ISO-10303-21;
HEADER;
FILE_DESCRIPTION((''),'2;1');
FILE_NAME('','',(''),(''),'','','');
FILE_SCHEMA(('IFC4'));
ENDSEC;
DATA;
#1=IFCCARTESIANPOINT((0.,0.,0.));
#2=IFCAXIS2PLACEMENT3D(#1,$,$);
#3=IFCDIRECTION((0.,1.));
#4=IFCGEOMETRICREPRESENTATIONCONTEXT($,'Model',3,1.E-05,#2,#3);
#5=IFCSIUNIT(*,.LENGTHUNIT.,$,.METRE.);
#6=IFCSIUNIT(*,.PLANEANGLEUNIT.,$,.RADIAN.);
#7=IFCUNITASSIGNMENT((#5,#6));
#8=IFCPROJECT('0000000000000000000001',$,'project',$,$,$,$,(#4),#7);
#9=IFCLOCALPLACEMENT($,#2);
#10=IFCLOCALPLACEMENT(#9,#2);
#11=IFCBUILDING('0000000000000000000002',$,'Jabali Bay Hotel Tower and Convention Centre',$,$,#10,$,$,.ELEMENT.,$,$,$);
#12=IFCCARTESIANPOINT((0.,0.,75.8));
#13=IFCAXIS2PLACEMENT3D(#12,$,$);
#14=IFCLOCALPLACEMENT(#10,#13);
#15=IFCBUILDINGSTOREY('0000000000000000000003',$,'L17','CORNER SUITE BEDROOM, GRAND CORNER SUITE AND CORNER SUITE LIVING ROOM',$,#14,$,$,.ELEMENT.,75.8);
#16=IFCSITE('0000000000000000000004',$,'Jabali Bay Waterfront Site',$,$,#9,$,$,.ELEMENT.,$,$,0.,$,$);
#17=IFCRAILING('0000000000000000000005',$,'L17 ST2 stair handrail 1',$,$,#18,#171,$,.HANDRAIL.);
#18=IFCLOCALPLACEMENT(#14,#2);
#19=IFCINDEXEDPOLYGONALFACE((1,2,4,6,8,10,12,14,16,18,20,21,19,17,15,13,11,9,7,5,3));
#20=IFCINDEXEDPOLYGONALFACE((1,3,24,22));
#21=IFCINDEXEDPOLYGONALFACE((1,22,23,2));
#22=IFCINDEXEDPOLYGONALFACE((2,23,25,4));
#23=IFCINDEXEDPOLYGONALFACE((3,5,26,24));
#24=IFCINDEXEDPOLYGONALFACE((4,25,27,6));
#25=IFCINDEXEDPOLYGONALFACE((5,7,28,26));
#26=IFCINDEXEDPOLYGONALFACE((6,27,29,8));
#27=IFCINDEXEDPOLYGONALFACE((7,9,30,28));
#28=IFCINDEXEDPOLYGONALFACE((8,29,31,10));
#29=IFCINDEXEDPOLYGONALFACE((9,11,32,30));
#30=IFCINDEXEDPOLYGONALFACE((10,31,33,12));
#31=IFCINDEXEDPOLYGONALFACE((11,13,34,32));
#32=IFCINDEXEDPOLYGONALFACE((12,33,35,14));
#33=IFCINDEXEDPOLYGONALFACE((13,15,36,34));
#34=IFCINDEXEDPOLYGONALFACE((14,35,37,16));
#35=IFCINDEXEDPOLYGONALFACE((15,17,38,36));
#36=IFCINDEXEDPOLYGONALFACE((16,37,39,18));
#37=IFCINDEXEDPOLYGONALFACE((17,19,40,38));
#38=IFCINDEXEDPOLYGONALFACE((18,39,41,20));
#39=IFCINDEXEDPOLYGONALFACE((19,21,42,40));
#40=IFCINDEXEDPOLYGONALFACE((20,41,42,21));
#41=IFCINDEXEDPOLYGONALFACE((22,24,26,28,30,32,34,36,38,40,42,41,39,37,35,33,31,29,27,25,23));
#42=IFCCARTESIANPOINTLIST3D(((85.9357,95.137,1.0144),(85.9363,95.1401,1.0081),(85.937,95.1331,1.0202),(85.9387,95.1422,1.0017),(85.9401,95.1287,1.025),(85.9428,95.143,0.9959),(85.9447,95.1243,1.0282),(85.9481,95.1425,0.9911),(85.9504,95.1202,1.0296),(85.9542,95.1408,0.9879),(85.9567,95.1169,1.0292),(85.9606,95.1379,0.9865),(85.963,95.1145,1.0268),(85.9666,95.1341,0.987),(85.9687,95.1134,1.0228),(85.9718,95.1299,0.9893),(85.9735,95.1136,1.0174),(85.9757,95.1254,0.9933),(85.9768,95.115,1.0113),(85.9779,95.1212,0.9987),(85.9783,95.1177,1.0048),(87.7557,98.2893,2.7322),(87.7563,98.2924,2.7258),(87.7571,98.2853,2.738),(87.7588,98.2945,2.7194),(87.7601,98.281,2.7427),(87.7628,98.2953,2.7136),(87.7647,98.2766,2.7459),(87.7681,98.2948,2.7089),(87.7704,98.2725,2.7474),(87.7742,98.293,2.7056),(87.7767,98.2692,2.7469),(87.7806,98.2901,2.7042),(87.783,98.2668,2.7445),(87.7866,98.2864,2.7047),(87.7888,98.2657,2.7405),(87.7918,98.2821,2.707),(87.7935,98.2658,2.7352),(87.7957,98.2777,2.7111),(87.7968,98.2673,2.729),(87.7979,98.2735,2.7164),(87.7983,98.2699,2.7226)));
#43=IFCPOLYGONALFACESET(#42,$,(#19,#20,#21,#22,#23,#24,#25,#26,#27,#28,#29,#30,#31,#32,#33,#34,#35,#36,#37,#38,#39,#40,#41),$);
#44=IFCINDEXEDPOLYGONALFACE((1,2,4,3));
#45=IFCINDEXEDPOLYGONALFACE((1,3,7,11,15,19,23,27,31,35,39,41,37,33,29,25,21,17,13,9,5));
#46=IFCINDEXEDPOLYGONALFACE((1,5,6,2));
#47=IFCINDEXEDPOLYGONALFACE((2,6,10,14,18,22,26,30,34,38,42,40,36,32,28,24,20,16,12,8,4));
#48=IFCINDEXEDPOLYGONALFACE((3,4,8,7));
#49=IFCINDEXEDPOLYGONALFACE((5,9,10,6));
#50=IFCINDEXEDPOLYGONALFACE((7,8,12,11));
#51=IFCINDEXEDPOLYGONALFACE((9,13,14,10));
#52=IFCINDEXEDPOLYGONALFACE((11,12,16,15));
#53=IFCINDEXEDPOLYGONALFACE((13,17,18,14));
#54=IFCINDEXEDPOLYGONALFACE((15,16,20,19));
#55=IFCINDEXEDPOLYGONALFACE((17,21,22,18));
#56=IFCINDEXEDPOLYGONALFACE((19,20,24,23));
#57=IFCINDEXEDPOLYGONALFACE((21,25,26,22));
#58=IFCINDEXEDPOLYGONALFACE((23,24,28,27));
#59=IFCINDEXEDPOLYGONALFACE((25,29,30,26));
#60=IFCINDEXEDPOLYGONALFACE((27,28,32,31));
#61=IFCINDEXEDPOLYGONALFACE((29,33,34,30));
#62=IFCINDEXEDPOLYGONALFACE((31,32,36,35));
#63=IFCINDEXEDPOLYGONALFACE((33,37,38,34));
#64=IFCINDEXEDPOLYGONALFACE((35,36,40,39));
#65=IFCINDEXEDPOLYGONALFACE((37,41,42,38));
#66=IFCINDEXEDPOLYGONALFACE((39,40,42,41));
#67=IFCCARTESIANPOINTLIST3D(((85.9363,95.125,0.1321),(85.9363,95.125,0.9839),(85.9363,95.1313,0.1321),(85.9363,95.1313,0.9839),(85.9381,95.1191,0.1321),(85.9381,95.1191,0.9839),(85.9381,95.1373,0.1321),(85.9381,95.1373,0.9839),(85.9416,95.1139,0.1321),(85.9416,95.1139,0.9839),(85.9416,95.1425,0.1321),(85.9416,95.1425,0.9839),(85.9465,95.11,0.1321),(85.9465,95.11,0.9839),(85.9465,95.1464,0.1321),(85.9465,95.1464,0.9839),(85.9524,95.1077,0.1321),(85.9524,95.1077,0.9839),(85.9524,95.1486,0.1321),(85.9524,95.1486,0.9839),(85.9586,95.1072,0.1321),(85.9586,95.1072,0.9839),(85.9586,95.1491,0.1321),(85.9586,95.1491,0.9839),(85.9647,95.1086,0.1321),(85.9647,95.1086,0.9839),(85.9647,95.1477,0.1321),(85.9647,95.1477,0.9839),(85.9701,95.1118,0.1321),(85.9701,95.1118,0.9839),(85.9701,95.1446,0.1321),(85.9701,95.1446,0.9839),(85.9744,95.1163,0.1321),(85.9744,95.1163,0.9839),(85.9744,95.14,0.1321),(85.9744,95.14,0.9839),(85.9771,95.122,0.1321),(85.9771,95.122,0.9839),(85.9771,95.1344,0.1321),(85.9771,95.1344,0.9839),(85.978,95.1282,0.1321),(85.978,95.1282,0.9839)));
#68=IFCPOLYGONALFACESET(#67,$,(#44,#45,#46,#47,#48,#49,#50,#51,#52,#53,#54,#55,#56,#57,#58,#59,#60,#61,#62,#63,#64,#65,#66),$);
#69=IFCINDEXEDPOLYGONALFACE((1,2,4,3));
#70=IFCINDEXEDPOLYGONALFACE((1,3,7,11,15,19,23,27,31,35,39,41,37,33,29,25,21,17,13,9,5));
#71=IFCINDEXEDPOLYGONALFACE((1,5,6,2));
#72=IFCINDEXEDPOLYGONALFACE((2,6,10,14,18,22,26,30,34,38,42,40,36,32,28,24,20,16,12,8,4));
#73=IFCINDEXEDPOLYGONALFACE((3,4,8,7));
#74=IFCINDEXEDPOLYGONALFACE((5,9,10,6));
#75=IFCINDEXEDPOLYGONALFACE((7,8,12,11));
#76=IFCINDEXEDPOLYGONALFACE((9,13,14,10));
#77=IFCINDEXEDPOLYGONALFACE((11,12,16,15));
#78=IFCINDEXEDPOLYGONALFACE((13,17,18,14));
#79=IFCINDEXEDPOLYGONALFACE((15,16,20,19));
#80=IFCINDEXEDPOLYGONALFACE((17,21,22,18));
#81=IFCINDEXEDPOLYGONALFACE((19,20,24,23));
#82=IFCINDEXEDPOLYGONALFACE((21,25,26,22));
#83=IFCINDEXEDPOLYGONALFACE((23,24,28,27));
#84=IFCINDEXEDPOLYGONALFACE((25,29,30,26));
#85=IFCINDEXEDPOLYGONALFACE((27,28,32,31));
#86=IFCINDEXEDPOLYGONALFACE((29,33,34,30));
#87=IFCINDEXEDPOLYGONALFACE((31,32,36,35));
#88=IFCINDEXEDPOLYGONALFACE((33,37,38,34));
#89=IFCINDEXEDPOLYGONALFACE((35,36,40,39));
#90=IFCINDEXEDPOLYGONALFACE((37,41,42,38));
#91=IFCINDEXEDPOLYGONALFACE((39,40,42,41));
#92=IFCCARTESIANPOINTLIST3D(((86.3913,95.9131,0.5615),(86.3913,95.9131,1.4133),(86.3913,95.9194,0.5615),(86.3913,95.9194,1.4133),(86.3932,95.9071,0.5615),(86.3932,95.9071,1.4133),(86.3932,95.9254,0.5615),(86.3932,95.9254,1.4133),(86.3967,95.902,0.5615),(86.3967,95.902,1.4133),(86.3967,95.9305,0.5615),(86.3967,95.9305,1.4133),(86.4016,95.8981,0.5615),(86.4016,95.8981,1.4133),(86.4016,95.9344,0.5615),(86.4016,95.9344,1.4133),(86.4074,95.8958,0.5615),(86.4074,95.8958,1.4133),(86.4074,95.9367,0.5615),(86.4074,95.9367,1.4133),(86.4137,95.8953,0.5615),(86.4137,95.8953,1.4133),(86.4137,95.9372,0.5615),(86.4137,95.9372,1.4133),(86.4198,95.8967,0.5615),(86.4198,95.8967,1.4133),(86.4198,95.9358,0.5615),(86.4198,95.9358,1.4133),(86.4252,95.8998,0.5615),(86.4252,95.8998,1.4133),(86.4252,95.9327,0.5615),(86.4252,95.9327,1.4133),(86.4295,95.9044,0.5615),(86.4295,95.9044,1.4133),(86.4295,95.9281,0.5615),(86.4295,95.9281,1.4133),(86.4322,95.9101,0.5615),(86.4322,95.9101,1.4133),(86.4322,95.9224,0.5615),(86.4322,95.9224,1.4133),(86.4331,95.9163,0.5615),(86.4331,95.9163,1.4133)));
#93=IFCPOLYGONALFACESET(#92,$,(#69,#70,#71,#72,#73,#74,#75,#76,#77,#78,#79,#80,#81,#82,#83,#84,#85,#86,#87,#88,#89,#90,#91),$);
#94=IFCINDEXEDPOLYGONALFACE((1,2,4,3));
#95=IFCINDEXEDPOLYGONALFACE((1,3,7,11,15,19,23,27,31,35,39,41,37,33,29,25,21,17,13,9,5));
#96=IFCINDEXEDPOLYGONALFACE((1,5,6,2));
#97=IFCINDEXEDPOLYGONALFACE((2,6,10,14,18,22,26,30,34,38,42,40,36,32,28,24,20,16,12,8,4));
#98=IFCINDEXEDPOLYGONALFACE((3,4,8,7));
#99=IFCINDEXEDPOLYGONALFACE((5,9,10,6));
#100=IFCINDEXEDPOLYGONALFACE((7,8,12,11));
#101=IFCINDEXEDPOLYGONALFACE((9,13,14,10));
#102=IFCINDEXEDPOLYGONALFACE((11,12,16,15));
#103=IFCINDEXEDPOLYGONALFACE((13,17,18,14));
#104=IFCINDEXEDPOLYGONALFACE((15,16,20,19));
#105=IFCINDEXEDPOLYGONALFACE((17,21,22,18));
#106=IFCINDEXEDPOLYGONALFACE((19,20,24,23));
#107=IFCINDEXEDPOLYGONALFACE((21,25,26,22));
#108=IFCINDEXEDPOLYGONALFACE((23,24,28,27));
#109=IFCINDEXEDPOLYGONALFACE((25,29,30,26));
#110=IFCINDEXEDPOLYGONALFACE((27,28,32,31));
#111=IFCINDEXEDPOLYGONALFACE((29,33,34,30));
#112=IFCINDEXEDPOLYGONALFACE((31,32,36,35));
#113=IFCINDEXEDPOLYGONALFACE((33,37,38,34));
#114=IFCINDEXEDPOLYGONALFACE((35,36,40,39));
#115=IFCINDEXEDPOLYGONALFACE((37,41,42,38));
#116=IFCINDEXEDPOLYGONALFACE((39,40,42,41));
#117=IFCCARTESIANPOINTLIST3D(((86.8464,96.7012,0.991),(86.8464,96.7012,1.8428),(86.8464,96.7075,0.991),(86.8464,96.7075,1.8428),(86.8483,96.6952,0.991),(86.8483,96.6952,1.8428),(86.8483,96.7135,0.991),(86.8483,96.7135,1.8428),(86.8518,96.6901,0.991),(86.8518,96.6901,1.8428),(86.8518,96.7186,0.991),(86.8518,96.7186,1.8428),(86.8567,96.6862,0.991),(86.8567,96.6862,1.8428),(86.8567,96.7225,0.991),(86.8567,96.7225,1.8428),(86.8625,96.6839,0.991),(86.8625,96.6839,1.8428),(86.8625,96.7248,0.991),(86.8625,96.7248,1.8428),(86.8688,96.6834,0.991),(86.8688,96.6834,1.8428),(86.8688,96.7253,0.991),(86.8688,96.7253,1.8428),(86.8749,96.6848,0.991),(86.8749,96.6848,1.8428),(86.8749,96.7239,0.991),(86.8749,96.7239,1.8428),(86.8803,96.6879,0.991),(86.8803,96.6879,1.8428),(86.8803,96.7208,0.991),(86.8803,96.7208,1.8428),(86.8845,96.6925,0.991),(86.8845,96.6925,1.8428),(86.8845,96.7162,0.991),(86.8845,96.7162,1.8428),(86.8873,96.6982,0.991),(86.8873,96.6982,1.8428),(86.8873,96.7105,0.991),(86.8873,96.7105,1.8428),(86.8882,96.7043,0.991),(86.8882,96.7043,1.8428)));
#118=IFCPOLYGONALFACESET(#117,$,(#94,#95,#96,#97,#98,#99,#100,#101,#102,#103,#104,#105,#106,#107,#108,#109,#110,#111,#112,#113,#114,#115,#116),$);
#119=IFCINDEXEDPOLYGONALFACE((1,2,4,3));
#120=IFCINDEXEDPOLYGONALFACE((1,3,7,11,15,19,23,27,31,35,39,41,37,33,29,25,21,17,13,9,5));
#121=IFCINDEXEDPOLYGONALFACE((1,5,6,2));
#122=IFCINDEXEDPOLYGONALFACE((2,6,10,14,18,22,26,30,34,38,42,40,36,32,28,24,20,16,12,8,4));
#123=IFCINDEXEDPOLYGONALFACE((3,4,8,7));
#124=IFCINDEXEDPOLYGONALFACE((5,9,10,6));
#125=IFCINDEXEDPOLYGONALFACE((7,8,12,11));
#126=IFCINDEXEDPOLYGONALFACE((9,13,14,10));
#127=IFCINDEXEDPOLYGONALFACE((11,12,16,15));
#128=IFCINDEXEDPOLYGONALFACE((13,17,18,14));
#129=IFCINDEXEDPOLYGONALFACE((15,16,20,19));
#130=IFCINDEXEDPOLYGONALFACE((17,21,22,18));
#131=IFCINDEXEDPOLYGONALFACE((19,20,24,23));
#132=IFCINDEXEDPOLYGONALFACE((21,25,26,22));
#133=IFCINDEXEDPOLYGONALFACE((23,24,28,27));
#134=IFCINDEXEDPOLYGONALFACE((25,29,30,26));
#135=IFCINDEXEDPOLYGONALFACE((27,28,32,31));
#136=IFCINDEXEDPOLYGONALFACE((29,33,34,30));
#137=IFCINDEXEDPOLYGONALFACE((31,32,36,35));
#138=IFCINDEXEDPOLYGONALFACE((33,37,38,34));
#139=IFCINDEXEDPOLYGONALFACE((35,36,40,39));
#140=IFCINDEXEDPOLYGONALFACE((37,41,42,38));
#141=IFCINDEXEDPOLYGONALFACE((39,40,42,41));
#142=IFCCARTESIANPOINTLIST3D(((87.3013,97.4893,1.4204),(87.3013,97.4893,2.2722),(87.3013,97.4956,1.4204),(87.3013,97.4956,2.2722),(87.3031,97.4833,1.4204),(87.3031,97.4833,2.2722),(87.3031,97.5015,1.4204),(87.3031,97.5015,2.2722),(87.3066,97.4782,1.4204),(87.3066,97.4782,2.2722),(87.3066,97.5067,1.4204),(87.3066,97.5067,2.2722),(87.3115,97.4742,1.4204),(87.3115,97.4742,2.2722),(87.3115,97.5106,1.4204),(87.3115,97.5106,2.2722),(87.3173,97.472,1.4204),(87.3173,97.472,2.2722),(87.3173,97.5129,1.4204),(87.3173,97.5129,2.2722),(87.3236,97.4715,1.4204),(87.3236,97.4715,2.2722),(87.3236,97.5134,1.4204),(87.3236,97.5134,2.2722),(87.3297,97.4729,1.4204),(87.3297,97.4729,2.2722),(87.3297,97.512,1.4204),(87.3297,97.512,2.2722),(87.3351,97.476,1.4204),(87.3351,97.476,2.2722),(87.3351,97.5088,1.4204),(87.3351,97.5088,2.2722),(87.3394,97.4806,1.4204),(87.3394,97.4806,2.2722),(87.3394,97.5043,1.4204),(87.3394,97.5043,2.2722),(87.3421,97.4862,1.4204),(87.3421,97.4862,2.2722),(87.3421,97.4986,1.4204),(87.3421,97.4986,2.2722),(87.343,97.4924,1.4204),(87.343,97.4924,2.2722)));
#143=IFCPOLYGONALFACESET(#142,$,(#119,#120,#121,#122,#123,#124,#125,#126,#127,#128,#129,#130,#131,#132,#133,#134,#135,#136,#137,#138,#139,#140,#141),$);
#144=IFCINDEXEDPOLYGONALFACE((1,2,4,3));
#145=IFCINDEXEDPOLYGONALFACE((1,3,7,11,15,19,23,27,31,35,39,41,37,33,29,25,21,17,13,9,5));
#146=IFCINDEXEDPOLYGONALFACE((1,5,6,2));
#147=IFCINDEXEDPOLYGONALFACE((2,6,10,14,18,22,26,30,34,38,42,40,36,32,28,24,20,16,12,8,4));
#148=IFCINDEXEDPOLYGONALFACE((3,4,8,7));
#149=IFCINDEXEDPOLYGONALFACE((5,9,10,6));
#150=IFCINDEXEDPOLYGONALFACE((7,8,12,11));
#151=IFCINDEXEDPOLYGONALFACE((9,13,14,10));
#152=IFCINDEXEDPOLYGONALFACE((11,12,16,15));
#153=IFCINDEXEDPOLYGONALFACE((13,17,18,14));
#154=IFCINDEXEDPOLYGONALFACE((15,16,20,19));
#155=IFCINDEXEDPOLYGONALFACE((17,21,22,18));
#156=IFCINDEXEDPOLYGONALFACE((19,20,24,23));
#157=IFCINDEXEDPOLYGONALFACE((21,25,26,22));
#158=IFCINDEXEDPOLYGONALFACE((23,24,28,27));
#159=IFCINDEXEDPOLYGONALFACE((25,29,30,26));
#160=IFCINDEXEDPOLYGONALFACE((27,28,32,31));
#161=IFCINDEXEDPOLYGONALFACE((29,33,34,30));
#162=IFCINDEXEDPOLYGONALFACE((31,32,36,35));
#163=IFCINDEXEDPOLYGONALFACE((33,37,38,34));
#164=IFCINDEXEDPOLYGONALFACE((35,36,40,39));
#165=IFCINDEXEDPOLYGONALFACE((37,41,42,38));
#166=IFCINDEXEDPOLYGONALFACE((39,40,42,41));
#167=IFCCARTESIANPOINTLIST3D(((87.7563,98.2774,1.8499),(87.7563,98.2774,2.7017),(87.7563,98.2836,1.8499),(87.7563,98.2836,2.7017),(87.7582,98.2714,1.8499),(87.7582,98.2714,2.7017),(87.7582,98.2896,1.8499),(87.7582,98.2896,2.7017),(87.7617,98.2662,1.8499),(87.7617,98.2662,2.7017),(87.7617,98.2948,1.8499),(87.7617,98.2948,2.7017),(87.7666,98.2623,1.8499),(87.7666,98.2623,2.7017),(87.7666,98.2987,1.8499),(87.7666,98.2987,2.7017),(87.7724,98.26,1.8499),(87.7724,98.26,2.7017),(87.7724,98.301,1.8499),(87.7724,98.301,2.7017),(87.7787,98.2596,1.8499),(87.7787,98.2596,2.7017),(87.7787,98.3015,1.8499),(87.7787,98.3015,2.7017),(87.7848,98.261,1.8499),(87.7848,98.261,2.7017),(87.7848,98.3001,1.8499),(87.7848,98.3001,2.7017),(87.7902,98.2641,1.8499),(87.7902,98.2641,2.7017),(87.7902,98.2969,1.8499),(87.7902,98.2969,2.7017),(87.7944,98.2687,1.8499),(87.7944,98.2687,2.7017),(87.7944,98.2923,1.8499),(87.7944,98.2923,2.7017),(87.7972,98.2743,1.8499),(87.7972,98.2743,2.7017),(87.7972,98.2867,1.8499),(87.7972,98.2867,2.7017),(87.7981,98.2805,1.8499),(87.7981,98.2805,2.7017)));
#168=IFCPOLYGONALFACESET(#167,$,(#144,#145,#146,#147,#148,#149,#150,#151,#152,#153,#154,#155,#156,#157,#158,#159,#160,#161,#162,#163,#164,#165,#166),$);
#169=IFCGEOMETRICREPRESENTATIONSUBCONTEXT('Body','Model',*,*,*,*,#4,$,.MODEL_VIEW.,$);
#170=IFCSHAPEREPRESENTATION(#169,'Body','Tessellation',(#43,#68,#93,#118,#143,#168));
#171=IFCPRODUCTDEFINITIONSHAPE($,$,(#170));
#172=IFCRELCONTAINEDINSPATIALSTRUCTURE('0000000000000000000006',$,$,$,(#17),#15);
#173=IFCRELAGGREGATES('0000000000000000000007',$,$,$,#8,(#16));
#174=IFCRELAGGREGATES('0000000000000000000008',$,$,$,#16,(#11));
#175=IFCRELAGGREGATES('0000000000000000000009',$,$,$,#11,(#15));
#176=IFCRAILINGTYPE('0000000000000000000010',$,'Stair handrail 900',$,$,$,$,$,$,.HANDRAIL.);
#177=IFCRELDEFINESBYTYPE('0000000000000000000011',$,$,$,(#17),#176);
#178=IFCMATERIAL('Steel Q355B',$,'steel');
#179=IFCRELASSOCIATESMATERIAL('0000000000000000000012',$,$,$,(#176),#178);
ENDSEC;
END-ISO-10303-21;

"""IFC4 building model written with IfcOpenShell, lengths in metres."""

from ifc_helpers import new_model, si_unit, direction, frame, origin, origin_2d, place, context, subcontext, project, spatial, circle, extrude, material, type_object, element, save


model = new_model("IFC4")

# Units and contexts
model_context = context("Model", 3, precision=1e-05, world=origin(), true_north=direction((0.0, 1.0)))
body_context = subcontext(model_context, "Body", "Model", "MODEL_VIEW")
ifc_project = project(units=[si_unit("LENGTHUNIT", "METRE"), si_unit("PLANEANGLEUNIT", "RADIAN")], contexts=[model_context])

# Site, building, storey
site_placement = place(None, origin())
site = spatial("IfcSite", under=ifc_project, at=site_placement, Name="Jabali Bay Waterfront Site", CompositionType="ELEMENT", RefElevation=0.0)
building_placement = place(site_placement, origin())
building = spatial("IfcBuilding", under=site, at=building_placement, Name="Jabali Bay Hotel Tower and Convention Centre", CompositionType="ELEMENT")
storey_placement = place(building_placement, frame((0.0, 0.0, 75.8)))
storey = spatial("IfcBuildingStorey", under=building, at=storey_placement, Name="L17", Description="CORNER SUITE BEDROOM, GRAND CORNER SUITE AND CORNER SUITE LIVING ROOM", CompositionType="ELEMENT", Elevation=75.8)

# Railing
ifc_material_1 = material(Name="Steel Q355B", Category="steel")
railing_type_1 = type_object("IfcRailingType", Name="Stair handrail 900", PredefinedType="HANDRAIL", material=ifc_material_1)
railing_1_placement = place(storey_placement, frame((85.957, 95.1282, 0.1321)))
element("IfcRailing", 1, at=railing_1_placement, inside=storey, type_object=railing_type_1, Name="L17 ST2 stair handrail 1", PredefinedType="HANDRAIL", context=body_context, shape_type="SweptSolid", body=[
    extrude(circle(Radius=0.0239, at=origin_2d()), frame((0.0, 0.0, 0.876), z_axis=(0.45219, 0.78319, 0.426775), x_axis=(-0.866018, 0.500013, 0.0)), (0.0, 0.0, 1.0), 4.0249),
    extrude(circle(Radius=0.021, at=origin_2d()), origin(), (0.0, 0.0, 1.0), 0.8518),
    extrude(circle(Radius=0.021, at=origin_2d()), frame((0.4551, 0.7881, 0.4294)), (0.0, 0.0, 1.0), 0.8518),
    extrude(circle(Radius=0.021, at=origin_2d()), frame((0.9102, 1.5762, 0.8589)), (0.0, 0.0, 1.0), 0.8518),
    extrude(circle(Radius=0.021, at=origin_2d()), frame((1.365, 2.3643, 1.2883)), (0.0, 0.0, 1.0), 0.8518),
    extrude(circle(Radius=0.021, at=origin_2d()), frame((1.8201, 3.1523, 1.7178)), (0.0, 0.0, 1.0), 0.8518),
])

save(model, "model.ifc")
